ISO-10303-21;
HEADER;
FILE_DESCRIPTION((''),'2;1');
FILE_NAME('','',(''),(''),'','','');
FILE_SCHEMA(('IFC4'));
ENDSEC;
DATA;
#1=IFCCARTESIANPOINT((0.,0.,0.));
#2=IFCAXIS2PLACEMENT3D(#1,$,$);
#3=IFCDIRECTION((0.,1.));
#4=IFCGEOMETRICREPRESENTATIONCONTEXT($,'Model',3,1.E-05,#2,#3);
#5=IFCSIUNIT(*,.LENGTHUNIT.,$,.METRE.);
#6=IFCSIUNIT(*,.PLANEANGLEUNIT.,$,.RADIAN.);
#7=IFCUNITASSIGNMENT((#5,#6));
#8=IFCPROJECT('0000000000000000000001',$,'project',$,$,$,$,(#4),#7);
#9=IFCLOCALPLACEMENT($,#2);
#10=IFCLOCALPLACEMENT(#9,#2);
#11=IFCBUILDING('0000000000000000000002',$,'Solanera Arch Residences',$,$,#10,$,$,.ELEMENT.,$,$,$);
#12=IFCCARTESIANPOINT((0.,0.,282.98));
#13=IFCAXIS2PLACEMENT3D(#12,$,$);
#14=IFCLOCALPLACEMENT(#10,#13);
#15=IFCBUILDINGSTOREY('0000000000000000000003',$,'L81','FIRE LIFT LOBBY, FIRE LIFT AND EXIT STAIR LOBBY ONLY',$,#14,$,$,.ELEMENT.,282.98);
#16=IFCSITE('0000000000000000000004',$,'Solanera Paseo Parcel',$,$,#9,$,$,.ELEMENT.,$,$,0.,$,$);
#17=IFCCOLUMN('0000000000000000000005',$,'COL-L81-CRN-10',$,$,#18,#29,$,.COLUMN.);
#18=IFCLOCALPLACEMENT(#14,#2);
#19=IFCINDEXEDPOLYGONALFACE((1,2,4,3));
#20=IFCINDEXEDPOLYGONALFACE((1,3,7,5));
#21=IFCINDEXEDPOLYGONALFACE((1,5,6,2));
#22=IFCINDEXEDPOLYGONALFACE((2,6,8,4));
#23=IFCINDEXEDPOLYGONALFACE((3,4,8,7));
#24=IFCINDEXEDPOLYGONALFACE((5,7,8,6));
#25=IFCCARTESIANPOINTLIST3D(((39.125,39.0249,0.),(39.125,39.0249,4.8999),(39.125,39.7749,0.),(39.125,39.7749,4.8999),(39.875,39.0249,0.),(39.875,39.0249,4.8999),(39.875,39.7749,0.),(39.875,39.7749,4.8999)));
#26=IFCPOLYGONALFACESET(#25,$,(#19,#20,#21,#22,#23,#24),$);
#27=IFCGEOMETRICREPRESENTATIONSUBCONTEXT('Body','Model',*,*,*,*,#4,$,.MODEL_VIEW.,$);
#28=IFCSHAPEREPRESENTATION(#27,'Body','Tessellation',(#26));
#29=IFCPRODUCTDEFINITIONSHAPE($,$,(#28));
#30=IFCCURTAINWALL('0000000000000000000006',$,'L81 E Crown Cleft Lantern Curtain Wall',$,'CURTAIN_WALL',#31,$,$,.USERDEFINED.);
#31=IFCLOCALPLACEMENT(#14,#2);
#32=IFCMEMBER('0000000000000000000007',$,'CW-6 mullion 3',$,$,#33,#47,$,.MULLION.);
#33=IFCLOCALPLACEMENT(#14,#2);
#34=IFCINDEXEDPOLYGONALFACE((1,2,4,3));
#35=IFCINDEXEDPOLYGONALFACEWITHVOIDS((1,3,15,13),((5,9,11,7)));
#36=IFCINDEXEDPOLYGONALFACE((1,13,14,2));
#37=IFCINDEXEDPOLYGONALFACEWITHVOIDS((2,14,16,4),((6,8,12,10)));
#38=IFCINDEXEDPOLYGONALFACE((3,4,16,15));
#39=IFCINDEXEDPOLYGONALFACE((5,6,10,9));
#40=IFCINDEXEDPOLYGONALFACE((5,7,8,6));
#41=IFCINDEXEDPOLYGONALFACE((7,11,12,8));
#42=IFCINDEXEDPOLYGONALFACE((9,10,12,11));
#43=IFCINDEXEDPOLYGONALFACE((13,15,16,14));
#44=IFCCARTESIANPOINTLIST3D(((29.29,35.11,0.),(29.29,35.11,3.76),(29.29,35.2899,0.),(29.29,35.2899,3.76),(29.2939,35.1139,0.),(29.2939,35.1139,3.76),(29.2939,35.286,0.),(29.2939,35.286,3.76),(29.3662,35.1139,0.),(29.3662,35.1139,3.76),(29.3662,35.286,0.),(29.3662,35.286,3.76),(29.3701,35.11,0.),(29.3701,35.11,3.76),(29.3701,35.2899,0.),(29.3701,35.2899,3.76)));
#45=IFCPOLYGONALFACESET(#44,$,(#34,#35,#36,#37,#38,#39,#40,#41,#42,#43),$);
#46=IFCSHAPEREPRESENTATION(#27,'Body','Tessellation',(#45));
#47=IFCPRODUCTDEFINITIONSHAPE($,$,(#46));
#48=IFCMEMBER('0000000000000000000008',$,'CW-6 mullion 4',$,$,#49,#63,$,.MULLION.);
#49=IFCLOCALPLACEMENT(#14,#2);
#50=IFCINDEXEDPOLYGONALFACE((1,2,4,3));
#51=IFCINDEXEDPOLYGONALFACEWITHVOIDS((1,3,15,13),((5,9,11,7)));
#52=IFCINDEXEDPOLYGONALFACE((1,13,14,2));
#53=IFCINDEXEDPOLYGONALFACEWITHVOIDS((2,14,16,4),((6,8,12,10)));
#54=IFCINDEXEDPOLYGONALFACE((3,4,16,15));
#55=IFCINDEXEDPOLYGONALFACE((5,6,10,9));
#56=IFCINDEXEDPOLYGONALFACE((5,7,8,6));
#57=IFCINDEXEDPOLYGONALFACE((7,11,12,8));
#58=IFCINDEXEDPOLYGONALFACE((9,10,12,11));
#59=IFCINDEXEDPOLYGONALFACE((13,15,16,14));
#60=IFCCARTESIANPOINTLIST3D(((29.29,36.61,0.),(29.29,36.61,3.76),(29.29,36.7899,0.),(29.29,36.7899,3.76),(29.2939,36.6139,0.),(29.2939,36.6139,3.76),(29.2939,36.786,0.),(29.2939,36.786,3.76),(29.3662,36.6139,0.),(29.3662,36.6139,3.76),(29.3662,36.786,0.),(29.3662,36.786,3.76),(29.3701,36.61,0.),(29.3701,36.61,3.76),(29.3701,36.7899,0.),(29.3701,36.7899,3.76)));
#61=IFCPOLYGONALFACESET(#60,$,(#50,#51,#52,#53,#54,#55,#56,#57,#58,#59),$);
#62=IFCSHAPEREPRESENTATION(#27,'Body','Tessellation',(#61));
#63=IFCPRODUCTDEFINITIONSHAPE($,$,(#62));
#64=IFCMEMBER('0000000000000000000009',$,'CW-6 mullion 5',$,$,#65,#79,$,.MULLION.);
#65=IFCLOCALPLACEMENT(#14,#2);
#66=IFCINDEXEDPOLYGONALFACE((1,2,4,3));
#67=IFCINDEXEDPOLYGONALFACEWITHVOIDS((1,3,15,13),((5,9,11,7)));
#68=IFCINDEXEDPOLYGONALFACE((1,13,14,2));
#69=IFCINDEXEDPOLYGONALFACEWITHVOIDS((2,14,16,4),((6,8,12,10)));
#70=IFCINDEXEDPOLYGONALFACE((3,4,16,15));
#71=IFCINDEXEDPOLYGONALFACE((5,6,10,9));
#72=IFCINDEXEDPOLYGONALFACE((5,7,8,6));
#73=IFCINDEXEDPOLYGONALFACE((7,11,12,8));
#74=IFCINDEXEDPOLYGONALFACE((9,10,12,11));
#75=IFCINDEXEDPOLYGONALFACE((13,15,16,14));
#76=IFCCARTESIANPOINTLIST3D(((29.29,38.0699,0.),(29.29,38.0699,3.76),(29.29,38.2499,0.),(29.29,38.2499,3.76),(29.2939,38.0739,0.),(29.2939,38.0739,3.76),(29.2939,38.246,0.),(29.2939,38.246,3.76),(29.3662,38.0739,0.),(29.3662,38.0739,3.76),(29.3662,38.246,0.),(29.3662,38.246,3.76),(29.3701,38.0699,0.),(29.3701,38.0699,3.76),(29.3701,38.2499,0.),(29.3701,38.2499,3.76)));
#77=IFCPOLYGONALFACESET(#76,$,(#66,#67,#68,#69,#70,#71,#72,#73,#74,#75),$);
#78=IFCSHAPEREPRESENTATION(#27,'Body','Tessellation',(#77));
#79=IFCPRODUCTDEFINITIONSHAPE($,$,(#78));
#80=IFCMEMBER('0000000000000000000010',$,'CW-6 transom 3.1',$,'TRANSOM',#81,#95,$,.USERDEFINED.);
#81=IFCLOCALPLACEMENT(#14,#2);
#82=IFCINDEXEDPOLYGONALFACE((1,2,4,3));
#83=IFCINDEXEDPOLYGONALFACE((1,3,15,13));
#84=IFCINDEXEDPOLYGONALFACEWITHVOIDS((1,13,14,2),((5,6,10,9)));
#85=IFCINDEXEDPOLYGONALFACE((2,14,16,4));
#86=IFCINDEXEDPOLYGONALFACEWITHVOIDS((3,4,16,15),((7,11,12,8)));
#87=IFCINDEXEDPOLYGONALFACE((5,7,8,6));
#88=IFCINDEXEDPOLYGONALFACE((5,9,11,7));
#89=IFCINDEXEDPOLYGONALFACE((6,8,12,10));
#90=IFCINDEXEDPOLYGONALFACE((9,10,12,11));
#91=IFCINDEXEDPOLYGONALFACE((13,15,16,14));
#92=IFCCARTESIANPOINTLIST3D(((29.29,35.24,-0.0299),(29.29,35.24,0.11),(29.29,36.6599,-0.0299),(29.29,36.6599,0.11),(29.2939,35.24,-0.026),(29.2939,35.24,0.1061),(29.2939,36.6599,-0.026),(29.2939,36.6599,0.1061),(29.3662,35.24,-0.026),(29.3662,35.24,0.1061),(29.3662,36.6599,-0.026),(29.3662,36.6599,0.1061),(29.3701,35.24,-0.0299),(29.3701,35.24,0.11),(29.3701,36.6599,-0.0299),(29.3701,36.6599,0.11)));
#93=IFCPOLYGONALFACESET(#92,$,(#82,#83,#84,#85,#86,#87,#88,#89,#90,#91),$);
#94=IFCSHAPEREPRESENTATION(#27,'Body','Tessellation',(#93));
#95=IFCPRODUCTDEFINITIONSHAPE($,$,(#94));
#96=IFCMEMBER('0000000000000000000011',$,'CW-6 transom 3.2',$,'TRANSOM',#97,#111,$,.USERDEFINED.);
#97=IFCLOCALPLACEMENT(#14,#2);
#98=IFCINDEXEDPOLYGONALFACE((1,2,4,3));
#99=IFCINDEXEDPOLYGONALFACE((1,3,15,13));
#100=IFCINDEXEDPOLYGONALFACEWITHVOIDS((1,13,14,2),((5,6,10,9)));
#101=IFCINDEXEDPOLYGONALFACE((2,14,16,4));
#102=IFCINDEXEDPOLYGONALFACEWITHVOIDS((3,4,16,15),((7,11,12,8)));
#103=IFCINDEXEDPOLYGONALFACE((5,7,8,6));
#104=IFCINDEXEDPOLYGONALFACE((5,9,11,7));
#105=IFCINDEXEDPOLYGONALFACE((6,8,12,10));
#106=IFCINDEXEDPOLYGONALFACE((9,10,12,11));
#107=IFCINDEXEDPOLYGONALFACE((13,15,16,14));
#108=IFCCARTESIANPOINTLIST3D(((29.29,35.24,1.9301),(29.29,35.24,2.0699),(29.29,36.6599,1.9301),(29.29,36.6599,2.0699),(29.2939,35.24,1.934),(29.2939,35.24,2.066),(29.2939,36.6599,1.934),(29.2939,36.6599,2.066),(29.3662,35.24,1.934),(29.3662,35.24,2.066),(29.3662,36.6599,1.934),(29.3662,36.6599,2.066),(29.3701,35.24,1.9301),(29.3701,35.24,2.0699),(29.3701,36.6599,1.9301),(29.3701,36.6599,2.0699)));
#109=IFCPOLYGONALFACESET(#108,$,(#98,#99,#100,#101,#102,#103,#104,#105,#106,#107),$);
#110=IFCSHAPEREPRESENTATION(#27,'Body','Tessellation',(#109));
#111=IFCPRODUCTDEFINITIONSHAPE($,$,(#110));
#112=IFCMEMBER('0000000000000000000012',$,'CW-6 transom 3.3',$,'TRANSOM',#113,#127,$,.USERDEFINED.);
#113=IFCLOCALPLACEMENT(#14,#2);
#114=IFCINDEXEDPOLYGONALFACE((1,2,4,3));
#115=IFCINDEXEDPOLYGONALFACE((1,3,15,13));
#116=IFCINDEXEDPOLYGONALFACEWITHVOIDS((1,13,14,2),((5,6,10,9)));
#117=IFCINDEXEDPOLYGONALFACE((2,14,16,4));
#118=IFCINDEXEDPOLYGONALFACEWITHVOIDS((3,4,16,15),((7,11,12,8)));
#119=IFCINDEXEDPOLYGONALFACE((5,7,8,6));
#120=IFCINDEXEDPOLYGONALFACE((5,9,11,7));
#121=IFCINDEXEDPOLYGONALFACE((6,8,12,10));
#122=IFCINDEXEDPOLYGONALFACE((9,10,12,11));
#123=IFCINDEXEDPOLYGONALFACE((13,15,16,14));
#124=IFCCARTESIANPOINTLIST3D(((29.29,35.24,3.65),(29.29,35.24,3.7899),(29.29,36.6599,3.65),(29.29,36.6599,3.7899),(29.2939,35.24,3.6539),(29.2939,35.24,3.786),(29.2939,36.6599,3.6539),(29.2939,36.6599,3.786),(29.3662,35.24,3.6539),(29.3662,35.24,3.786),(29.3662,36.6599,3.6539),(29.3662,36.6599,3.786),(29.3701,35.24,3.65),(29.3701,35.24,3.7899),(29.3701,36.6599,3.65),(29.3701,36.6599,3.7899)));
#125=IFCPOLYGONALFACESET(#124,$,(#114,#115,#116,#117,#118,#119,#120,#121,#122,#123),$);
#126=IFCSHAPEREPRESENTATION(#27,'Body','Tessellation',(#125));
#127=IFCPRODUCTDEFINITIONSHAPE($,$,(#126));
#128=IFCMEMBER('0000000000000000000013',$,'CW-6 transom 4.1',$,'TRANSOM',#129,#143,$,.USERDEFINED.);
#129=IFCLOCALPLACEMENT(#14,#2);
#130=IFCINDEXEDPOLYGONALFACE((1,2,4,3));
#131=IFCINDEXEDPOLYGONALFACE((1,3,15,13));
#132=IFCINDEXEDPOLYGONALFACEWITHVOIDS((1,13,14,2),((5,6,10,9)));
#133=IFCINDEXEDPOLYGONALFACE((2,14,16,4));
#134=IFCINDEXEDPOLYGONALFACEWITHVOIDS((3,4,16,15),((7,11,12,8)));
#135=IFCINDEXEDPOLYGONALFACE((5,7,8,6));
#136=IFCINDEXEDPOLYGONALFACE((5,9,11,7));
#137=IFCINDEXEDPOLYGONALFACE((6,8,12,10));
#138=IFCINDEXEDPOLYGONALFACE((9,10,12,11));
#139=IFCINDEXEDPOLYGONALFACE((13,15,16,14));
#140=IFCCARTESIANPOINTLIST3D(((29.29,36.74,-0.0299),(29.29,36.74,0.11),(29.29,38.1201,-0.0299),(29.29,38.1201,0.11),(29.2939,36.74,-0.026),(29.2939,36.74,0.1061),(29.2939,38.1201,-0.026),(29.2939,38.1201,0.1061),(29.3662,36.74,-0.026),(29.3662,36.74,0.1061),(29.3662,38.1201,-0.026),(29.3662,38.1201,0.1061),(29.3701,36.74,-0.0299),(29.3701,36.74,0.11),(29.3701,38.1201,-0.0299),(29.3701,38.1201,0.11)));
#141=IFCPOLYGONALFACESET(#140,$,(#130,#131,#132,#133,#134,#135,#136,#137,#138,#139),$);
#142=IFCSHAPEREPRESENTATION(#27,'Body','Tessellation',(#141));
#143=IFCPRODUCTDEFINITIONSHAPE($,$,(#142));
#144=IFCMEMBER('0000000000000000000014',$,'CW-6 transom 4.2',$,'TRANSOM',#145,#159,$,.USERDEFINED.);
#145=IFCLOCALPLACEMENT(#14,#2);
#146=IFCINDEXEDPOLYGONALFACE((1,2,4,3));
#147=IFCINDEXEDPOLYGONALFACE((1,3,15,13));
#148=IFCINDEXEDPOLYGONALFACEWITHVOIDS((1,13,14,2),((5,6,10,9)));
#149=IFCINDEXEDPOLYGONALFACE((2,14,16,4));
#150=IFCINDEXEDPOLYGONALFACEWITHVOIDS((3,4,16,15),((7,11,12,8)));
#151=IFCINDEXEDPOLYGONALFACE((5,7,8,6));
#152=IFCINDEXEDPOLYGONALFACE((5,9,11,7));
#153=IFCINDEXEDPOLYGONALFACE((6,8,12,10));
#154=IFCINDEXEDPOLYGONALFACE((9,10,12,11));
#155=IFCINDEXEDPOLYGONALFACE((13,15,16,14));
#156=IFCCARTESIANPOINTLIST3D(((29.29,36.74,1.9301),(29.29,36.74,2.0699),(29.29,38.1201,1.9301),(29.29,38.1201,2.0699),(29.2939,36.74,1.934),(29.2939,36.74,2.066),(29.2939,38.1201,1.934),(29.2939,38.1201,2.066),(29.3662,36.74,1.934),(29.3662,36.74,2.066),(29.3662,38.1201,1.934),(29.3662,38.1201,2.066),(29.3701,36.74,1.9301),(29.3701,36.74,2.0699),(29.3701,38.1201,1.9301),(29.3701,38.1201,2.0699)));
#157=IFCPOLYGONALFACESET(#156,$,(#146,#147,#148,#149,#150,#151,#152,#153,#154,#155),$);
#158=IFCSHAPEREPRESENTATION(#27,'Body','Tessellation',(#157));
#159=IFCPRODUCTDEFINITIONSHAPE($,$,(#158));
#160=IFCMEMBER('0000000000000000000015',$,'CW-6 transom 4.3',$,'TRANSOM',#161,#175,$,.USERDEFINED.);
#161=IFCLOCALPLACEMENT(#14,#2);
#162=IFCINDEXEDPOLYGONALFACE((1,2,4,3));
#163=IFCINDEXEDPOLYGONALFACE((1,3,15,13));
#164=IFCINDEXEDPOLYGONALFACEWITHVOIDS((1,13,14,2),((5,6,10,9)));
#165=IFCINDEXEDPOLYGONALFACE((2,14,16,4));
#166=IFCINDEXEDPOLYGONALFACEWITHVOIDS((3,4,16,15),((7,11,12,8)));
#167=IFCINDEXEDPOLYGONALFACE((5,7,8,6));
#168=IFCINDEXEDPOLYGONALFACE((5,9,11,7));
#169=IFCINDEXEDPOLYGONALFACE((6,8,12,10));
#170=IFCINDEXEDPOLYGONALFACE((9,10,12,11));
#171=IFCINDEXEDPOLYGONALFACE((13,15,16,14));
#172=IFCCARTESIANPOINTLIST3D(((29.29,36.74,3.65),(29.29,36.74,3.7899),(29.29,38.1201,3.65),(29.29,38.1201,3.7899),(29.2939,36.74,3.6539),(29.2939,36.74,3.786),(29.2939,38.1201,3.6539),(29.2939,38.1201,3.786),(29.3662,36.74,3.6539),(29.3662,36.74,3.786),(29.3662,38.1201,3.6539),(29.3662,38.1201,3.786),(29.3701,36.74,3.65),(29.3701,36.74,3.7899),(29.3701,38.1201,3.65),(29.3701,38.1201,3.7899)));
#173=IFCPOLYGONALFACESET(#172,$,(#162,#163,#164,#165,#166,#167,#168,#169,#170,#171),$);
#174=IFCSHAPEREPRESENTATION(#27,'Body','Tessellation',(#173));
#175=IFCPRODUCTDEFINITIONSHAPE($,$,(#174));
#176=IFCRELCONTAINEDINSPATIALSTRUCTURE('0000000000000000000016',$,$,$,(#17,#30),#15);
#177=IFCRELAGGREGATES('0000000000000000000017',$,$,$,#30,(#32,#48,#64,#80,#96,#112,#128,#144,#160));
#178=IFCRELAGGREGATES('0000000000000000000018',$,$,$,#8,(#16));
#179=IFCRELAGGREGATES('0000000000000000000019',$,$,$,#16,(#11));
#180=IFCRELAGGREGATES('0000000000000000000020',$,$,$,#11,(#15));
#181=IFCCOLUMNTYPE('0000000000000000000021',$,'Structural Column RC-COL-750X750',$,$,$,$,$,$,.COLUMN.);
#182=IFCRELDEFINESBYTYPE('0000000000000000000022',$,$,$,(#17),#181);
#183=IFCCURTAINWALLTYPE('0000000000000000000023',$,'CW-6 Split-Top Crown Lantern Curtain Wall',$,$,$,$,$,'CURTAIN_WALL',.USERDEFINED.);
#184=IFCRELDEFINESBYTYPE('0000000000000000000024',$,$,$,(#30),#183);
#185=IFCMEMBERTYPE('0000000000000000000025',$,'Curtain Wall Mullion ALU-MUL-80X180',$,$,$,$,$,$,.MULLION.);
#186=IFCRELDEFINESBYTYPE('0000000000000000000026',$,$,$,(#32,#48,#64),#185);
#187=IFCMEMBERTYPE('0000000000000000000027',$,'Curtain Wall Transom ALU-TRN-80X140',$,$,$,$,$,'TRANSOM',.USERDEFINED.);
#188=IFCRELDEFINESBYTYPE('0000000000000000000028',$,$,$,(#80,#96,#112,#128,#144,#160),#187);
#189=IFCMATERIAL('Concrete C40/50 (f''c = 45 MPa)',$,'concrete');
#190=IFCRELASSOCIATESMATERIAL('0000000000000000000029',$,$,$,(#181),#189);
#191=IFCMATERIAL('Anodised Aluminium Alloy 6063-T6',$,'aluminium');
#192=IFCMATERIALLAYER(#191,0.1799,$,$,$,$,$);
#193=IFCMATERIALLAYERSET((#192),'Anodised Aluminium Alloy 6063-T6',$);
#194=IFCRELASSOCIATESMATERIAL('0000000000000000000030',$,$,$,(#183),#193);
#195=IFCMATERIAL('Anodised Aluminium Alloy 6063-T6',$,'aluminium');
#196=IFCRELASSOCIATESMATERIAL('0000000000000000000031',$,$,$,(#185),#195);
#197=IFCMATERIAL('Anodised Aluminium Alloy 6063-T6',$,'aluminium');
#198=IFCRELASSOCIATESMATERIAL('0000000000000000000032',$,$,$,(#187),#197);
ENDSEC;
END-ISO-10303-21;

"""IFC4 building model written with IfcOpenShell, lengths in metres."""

from ifc_helpers import new_model, si_unit, direction, frame, origin, origin_2d, place, context, subcontext, project, spatial, rectangle, hollow_rectangle, extrude, material, layer, layer_set, material_profile, profile_set, type_object, element, aggregate, save


model = new_model("IFC4")

# Units and contexts
model_context = context("Model", 3, precision=1e-05, world=origin(), true_north=direction((0.0, 1.0)))
body_context = subcontext(model_context, "Body", "Model", "MODEL_VIEW")
ifc_project = project(units=[si_unit("LENGTHUNIT", "METRE"), si_unit("PLANEANGLEUNIT", "RADIAN")], contexts=[model_context])

# Site, building, storey
site_placement = place(None, origin())
site = spatial("IfcSite", under=ifc_project, at=site_placement, Name="Solanera Paseo Parcel", CompositionType="ELEMENT", RefElevation=0.0)
building_placement = place(site_placement, origin())
building = spatial("IfcBuilding", under=site, at=building_placement, Name="Solanera Arch Residences", CompositionType="ELEMENT")
storey_placement = place(building_placement, frame((0.0, 0.0, 282.98)))
storey = spatial("IfcBuildingStorey", under=building, at=storey_placement, Name="L81", Description="FIRE LIFT LOBBY, FIRE LIFT AND EXIT STAIR LOBBY ONLY", CompositionType="ELEMENT", Elevation=282.98)

# Column
ifc_material_1 = material(Name="Concrete C40/50 (f'c = 45 MPa)", Category="concrete")
ifc_material_profile_1 = material_profile(ifc_material_1, rectangle(XDim=0.75, YDim=0.75, at=origin_2d()))
ifc_profile_set_1 = profile_set([ifc_material_profile_1], Name="Concrete C40/50 (f'c = 45 MPa)")
column_type = type_object("IfcColumnType", Name="Structural Column RC-COL-750X750", PredefinedType="COLUMN", material=ifc_profile_set_1)
column_placement = place(storey_placement, frame((39.5, 39.3999, 0.0), z_axis=(0.0, 0.0, 1.0), x_axis=(1.0, 0.0, 0.0)))
element("IfcColumn", 1, at=column_placement, inside=storey, type_object=column_type, Name="COL-L81-CRN-10", PredefinedType="COLUMN", context=body_context, shape_type="SweptSolid", body=[
    extrude(rectangle(XDim=0.75, YDim=0.75, at=origin_2d()), origin(), (0.0, 0.0, 1.0), 4.8999),
])

# Curtain wall, members
ifc_material_2 = material(Name="Anodised Aluminium Alloy 6063-T6", Category="aluminium")
ifc_layer_1 = layer(ifc_material_2, 0.1799)
ifc_layer_set_1 = layer_set([ifc_layer_1], Name="Anodised Aluminium Alloy 6063-T6")
curtain_wall_type = type_object("IfcCurtainWallType", Name="CW-6 Split-Top Crown Lantern Curtain Wall", ElementType="CURTAIN_WALL", PredefinedType="USERDEFINED", material=ifc_layer_set_1)
curtain_wall_placement = place(storey_placement, origin())
curtain_wall = element("IfcCurtainWall", 2, at=curtain_wall_placement, inside=storey, type_object=curtain_wall_type, Name="L81 E Crown Cleft Lantern Curtain Wall", ObjectType="CURTAIN_WALL", PredefinedType="USERDEFINED")
ifc_material_3 = material(Name="Anodised Aluminium Alloy 6063-T6", Category="aluminium")
ifc_material_profile_2 = material_profile(ifc_material_3, hollow_rectangle(XDim=0.0801, YDim=0.1799, WallThickness=0.0039, at=origin_2d()))
ifc_profile_set_2 = profile_set([ifc_material_profile_2], Name="Anodised Aluminium Alloy 6063-T6")
member_type_1 = type_object("IfcMemberType", Name="Curtain Wall Mullion ALU-MUL-80X180", PredefinedType="MULLION", material=ifc_profile_set_2)
member_1_placement = place(storey_placement, frame((29.3301, 35.2, 0.0), z_axis=(0.0, 0.0, 1.0), x_axis=(-1.0, 0.0, 0.0)))
member_1 = element("IfcMember", 3, at=member_1_placement, type_object=member_type_1, Name="CW-6 mullion 3", PredefinedType="MULLION", context=body_context, shape_type="SweptSolid", body=[
    extrude(hollow_rectangle(XDim=0.0801, YDim=0.1799, WallThickness=0.0039, at=origin_2d()), origin(), (0.0, 0.0, 1.0), 3.76),
])
member_2_placement = place(storey_placement, frame((29.3301, 36.7, 0.0), z_axis=(0.0, 0.0, 1.0), x_axis=(-1.0, 0.0, 0.0)))
member_2 = element("IfcMember", 4, at=member_2_placement, type_object=member_type_1, Name="CW-6 mullion 4", PredefinedType="MULLION", context=body_context, shape_type="SweptSolid", body=[
    extrude(hollow_rectangle(XDim=0.0801, YDim=0.1799, WallThickness=0.0039, at=origin_2d()), origin(), (0.0, 0.0, 1.0), 3.76),
])
member_3_placement = place(storey_placement, frame((29.3301, 38.1599, 0.0), z_axis=(0.0, 0.0, 1.0), x_axis=(-1.0, 0.0, 0.0)))
member_3 = element("IfcMember", 5, at=member_3_placement, type_object=member_type_1, Name="CW-6 mullion 5", PredefinedType="MULLION", context=body_context, shape_type="SweptSolid", body=[
    extrude(hollow_rectangle(XDim=0.0801, YDim=0.1799, WallThickness=0.0039, at=origin_2d()), origin(), (0.0, 0.0, 1.0), 3.76),
])
ifc_material_4 = material(Name="Anodised Aluminium Alloy 6063-T6", Category="aluminium")
ifc_material_profile_3 = material_profile(ifc_material_4, hollow_rectangle(XDim=0.0801, YDim=0.1399, WallThickness=0.0039, at=origin_2d()))
ifc_profile_set_3 = profile_set([ifc_material_profile_3], Name="Anodised Aluminium Alloy 6063-T6")
member_type_2 = type_object("IfcMemberType", Name="Curtain Wall Transom ALU-TRN-80X140", ElementType="TRANSOM", PredefinedType="USERDEFINED", material=ifc_profile_set_3)
member_4_placement = place(storey_placement, frame((29.3301, 35.24, 0.04), z_axis=(0.0, 1.0, 0.0), x_axis=(-1.0, 0.0, 0.0)))
member_4 = element("IfcMember", 6, at=member_4_placement, type_object=member_type_2, Name="CW-6 transom 3.1", ObjectType="TRANSOM", PredefinedType="USERDEFINED", context=body_context, shape_type="SweptSolid", body=[
    extrude(hollow_rectangle(XDim=0.0801, YDim=0.1399, WallThickness=0.0039, at=origin_2d()), origin(), (0.0, 0.0, 1.0), 1.4199),
])
member_5_placement = place(storey_placement, frame((29.3301, 35.24, 2.0), z_axis=(0.0, 1.0, 0.0), x_axis=(-1.0, 0.0, 0.0)))
member_5 = element("IfcMember", 7, at=member_5_placement, type_object=member_type_2, Name="CW-6 transom 3.2", ObjectType="TRANSOM", PredefinedType="USERDEFINED", context=body_context, shape_type="SweptSolid", body=[
    extrude(hollow_rectangle(XDim=0.0801, YDim=0.1399, WallThickness=0.0039, at=origin_2d()), origin(), (0.0, 0.0, 1.0), 1.4199),
])
member_6_placement = place(storey_placement, frame((29.3301, 35.24, 3.72), z_axis=(0.0, 1.0, 0.0), x_axis=(-1.0, 0.0, 0.0)))
member_6 = element("IfcMember", 8, at=member_6_placement, type_object=member_type_2, Name="CW-6 transom 3.3", ObjectType="TRANSOM", PredefinedType="USERDEFINED", context=body_context, shape_type="SweptSolid", body=[
    extrude(hollow_rectangle(XDim=0.0801, YDim=0.1399, WallThickness=0.0039, at=origin_2d()), origin(), (0.0, 0.0, 1.0), 1.4199),
])
member_7_placement = place(storey_placement, frame((29.3301, 36.74, 0.04), z_axis=(0.0, 1.0, 0.0), x_axis=(-1.0, 0.0, 0.0)))
member_7 = element("IfcMember", 9, at=member_7_placement, type_object=member_type_2, Name="CW-6 transom 4.1", ObjectType="TRANSOM", PredefinedType="USERDEFINED", context=body_context, shape_type="SweptSolid", body=[
    extrude(hollow_rectangle(XDim=0.0801, YDim=0.1399, WallThickness=0.0039, at=origin_2d()), origin(), (0.0, 0.0, 1.0), 1.3801),
])
member_8_placement = place(storey_placement, frame((29.3301, 36.74, 2.0), z_axis=(0.0, 1.0, 0.0), x_axis=(-1.0, 0.0, 0.0)))
member_8 = element("IfcMember", 10, at=member_8_placement, type_object=member_type_2, Name="CW-6 transom 4.2", ObjectType="TRANSOM", PredefinedType="USERDEFINED", context=body_context, shape_type="SweptSolid", body=[
    extrude(hollow_rectangle(XDim=0.0801, YDim=0.1399, WallThickness=0.0039, at=origin_2d()), origin(), (0.0, 0.0, 1.0), 1.3801),
])
member_9_placement = place(storey_placement, frame((29.3301, 36.74, 3.72), z_axis=(0.0, 1.0, 0.0), x_axis=(-1.0, 0.0, 0.0)))
member_9 = element("IfcMember", 11, at=member_9_placement, type_object=member_type_2, Name="CW-6 transom 4.3", ObjectType="TRANSOM", PredefinedType="USERDEFINED", context=body_context, shape_type="SweptSolid", body=[
    extrude(hollow_rectangle(XDim=0.0801, YDim=0.1399, WallThickness=0.0039, at=origin_2d()), origin(), (0.0, 0.0, 1.0), 1.3801),
])

aggregate(curtain_wall, [member_1, member_2, member_3, member_4, member_5, member_6, member_7, member_8, member_9])

save(model, "model.ifc")
